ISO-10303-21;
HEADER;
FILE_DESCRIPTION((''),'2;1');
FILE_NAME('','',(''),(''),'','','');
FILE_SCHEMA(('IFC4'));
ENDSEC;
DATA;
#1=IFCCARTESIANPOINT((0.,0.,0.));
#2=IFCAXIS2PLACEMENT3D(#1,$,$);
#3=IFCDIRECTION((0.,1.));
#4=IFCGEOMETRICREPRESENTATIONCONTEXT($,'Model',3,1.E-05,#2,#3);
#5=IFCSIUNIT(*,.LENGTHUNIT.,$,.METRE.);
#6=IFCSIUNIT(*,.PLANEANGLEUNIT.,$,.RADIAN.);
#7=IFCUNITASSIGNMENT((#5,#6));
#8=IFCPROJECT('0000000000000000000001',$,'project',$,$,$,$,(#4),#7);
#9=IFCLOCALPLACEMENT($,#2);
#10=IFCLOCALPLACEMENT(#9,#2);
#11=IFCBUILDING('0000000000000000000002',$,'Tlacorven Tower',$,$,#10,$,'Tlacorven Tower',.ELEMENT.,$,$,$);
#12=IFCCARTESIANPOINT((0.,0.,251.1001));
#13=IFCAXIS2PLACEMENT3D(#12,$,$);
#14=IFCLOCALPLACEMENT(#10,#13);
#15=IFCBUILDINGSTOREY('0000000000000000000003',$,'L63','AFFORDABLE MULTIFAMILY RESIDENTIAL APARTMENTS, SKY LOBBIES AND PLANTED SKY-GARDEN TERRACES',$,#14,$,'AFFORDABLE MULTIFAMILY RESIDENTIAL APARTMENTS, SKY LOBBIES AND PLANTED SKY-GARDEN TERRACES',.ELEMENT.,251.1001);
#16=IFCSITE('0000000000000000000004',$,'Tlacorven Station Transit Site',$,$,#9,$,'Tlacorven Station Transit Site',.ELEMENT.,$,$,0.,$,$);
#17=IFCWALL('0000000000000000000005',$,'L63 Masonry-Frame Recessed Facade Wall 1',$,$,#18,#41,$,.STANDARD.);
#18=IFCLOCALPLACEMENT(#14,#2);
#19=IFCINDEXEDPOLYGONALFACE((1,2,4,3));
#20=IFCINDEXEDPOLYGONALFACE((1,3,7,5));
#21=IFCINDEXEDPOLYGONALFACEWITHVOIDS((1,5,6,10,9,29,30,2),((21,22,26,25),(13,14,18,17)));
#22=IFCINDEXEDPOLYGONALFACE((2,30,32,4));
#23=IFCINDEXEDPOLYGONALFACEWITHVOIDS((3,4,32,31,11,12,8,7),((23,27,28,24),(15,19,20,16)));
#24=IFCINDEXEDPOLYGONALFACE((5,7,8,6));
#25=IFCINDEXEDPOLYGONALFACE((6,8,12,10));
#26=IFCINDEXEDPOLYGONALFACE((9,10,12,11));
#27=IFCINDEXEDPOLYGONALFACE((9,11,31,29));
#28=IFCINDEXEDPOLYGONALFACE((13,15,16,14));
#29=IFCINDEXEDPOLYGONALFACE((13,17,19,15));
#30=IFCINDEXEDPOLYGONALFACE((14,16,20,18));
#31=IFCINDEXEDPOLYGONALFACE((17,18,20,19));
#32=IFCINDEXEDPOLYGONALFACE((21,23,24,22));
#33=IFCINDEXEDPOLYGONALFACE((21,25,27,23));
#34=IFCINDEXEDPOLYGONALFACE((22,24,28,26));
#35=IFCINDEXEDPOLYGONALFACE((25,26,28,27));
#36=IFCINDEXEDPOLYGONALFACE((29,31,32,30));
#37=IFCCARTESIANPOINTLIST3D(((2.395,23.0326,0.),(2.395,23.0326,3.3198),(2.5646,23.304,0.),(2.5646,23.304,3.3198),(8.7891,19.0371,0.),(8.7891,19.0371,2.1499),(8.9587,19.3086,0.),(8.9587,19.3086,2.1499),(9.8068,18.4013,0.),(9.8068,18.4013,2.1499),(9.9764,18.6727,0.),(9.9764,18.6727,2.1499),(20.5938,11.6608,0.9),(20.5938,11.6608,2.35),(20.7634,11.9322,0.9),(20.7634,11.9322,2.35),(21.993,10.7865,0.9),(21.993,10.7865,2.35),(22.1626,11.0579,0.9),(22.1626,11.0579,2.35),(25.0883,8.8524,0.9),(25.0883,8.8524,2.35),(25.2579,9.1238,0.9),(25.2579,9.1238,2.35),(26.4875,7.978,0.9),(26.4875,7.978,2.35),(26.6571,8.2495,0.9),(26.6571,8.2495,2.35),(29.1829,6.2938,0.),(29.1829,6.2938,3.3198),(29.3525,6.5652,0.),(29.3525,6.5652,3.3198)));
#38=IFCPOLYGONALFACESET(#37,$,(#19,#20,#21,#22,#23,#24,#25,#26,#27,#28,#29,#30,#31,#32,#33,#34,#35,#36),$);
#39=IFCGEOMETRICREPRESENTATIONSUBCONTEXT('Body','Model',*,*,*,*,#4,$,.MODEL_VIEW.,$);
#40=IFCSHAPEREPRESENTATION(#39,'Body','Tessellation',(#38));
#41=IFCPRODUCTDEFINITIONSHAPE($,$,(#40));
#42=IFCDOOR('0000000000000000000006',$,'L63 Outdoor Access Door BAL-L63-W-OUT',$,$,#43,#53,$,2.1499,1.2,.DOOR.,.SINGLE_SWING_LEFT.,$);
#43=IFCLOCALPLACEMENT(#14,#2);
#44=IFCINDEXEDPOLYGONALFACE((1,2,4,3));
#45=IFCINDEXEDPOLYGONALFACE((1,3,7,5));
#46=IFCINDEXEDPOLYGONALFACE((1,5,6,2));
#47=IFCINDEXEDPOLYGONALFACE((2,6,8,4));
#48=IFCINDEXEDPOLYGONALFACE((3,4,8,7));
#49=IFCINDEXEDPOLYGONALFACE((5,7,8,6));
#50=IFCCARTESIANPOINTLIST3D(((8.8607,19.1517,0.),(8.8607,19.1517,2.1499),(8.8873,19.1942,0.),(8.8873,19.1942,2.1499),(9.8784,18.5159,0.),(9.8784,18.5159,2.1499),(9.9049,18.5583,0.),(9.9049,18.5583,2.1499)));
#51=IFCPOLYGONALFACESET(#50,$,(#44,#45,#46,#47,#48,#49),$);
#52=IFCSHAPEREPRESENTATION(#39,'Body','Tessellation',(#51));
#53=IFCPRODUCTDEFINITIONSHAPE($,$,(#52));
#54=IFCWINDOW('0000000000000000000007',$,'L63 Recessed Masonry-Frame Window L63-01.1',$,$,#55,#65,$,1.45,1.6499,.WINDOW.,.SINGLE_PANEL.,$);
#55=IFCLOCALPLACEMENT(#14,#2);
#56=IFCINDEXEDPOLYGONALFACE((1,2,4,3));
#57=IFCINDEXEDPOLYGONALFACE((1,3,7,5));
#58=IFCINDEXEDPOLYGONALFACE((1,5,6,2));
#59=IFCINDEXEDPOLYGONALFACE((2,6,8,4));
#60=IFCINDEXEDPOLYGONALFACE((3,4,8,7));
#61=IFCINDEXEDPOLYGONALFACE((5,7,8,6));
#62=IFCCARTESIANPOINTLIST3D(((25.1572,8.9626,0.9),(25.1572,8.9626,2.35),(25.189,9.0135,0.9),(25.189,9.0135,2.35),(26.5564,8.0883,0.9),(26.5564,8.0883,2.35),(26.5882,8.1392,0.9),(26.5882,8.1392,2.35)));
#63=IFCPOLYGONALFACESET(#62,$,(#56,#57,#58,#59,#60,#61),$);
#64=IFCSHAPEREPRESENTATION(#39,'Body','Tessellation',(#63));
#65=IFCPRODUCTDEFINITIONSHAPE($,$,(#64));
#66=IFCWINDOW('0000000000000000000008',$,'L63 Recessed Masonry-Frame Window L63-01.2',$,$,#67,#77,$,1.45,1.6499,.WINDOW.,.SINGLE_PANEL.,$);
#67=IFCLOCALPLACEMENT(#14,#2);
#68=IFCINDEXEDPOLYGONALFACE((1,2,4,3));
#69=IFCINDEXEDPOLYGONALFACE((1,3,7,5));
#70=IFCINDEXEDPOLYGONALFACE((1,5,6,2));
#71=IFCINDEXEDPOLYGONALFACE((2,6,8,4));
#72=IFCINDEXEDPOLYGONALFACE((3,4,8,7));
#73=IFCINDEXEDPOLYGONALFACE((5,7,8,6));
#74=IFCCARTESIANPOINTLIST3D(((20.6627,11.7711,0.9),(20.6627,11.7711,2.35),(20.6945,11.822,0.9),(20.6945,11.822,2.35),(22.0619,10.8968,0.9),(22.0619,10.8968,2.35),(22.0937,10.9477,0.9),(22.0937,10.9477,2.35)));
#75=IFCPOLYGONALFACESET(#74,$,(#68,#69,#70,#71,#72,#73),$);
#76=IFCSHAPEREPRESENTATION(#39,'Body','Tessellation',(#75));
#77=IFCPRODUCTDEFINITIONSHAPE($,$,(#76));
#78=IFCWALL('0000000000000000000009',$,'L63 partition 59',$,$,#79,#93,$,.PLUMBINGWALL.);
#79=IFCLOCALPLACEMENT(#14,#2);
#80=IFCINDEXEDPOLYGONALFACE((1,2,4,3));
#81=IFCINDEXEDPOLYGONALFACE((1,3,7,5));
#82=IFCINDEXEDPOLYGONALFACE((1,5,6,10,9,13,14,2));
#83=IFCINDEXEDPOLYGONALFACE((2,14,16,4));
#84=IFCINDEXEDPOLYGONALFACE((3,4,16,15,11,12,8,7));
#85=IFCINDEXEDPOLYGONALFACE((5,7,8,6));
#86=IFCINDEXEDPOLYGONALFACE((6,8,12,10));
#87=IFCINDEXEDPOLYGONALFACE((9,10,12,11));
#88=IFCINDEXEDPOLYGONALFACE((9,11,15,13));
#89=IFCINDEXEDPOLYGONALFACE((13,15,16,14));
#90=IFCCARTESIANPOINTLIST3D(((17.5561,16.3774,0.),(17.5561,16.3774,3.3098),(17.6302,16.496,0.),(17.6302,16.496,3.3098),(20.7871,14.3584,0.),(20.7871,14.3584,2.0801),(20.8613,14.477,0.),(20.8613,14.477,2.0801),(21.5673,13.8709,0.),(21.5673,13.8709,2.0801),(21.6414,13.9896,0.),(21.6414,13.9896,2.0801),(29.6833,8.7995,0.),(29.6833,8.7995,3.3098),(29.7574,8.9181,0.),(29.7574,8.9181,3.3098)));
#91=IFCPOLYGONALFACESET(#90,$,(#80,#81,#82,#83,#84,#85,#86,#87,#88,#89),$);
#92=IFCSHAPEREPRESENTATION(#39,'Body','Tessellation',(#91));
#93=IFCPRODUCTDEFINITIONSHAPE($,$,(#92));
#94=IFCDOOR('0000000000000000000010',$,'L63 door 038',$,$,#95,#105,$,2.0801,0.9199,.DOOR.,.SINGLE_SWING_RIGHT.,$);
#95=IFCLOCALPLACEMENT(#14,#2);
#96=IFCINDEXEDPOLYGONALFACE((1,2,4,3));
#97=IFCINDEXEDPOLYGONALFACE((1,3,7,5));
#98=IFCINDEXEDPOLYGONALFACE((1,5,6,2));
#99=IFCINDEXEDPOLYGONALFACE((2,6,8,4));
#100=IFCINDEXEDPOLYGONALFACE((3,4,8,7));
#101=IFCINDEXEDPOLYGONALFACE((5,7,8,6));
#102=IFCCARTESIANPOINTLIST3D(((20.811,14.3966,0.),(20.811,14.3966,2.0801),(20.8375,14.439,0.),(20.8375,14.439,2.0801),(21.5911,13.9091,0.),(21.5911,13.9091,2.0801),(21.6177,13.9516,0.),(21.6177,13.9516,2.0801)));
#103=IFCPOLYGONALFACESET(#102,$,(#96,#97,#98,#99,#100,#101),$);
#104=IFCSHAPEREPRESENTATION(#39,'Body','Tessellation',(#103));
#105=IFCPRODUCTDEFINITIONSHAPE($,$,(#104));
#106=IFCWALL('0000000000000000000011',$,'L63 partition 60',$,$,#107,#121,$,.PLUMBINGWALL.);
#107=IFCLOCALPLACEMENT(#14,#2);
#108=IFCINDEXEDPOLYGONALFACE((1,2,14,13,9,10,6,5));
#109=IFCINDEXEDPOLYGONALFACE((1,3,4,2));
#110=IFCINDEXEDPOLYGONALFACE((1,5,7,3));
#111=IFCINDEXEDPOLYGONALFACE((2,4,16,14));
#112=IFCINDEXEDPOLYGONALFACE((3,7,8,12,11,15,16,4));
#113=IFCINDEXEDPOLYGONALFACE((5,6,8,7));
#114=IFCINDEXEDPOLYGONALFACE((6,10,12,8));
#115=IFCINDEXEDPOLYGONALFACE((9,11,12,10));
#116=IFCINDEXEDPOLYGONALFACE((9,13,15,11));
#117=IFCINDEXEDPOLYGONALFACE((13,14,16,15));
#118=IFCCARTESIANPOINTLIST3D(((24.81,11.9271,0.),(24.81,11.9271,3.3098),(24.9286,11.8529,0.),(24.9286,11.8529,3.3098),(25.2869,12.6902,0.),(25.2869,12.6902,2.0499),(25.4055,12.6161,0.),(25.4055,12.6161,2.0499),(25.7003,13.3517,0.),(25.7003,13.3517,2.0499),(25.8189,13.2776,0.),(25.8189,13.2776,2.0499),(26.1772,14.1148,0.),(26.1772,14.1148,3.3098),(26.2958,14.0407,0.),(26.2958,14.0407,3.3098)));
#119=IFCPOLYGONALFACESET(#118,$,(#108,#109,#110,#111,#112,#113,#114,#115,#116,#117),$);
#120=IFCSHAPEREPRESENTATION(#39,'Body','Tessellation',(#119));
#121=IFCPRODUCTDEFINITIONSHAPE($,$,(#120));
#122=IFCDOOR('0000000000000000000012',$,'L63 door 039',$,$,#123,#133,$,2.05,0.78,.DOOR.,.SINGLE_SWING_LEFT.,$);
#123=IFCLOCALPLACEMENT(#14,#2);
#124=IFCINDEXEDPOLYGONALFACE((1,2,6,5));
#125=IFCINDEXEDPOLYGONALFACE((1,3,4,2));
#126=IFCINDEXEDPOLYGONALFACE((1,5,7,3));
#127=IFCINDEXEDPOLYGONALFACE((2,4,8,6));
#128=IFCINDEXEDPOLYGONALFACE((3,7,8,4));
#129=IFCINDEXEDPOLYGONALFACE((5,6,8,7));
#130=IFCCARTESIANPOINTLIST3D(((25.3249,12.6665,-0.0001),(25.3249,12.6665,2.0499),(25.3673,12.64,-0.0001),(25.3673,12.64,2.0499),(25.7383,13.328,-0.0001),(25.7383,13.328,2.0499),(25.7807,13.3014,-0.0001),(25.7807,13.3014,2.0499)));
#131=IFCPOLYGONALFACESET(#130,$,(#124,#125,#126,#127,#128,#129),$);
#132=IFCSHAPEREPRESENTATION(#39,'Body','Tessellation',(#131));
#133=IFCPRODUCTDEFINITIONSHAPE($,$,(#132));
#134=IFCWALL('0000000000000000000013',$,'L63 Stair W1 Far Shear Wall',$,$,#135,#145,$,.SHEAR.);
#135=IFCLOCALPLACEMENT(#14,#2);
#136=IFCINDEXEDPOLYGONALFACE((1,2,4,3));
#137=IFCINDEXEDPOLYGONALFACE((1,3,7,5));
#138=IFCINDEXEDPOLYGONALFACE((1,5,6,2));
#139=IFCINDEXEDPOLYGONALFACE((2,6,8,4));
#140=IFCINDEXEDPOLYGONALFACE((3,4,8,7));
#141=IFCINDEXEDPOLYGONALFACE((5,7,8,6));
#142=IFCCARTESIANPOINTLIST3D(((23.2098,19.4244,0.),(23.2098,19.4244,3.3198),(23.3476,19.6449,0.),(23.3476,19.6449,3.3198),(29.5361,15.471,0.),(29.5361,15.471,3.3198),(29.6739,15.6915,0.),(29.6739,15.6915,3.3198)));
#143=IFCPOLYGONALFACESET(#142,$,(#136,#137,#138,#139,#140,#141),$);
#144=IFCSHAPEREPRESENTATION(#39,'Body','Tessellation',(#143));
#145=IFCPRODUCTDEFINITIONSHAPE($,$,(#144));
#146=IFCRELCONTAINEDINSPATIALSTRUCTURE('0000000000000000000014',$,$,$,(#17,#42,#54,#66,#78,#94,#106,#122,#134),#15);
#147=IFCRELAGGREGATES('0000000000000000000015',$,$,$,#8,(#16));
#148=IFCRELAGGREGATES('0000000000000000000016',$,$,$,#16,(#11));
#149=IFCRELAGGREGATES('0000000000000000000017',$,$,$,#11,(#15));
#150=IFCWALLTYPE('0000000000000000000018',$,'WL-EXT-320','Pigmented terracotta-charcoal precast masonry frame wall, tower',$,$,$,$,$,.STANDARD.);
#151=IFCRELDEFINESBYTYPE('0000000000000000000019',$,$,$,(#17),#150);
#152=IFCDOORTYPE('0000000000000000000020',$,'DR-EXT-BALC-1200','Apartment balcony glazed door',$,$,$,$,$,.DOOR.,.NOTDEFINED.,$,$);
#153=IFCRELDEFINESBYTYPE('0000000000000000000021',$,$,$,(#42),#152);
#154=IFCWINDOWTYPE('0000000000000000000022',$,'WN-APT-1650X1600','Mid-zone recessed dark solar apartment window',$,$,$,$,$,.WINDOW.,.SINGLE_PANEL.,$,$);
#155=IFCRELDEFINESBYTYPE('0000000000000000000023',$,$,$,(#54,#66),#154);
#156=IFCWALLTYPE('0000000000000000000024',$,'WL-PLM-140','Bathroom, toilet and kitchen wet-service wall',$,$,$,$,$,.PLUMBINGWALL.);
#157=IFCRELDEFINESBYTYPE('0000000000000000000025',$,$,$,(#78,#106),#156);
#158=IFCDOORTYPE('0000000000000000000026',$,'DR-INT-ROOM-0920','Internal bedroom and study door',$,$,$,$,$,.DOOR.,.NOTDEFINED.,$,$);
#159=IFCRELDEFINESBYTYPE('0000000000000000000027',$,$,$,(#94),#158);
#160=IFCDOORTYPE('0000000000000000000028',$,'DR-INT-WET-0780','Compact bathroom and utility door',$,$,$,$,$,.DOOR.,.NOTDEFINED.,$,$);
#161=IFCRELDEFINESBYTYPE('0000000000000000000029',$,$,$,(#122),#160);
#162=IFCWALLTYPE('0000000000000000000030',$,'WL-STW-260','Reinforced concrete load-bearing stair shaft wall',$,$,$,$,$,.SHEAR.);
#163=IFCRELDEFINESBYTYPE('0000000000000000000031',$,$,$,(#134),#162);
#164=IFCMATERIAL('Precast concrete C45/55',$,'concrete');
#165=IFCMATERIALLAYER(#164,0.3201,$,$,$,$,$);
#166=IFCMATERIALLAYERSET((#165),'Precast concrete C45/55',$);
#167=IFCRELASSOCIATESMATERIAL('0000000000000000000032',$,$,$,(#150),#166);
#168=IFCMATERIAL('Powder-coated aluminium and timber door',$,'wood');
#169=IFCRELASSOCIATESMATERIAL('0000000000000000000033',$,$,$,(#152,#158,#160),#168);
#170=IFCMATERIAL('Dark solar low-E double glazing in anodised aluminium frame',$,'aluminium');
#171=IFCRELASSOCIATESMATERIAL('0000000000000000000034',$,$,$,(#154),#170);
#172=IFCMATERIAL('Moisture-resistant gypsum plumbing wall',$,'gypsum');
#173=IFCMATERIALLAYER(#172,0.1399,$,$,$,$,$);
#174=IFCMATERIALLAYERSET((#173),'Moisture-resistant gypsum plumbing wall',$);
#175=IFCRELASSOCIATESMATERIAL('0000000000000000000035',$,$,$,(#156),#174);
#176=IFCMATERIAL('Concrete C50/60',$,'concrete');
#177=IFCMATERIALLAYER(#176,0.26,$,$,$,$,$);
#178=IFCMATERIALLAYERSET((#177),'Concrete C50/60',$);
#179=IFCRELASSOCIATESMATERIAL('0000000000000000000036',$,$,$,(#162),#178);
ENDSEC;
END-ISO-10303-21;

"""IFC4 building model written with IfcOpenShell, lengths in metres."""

from ifc_helpers import new_model, si_unit, direction, frame, frame_2d, origin, place, context, subcontext, project, spatial, rectangle, extrude, source, transform, mapped, material, layer, layer_set, type_object, element, fill, save


model = new_model("IFC4")

# Units and contexts
model_context = context("Model", 3, precision=1e-05, world=origin(), true_north=direction((0.0, 1.0)))
body_context = subcontext(model_context, "Body", "Model", "MODEL_VIEW")
ifc_project = project(units=[si_unit("LENGTHUNIT", "METRE"), si_unit("PLANEANGLEUNIT", "RADIAN")], contexts=[model_context])

# Site, building, storey
site_placement = place(None, origin())
site = spatial("IfcSite", under=ifc_project, at=site_placement, Name="Tlacorven Station Transit Site", LongName="Tlacorven Station Transit Site", CompositionType="ELEMENT", RefElevation=0.0)
building_placement = place(site_placement, origin())
building = spatial("IfcBuilding", under=site, at=building_placement, Name="Tlacorven Tower", LongName="Tlacorven Tower", CompositionType="ELEMENT")
storey_placement = place(building_placement, frame((0.0, 0.0, 251.1001)))
storey = spatial("IfcBuildingStorey", under=building, at=storey_placement, Name="L63", Description="AFFORDABLE MULTIFAMILY RESIDENTIAL APARTMENTS, SKY LOBBIES AND PLANTED SKY-GARDEN TERRACES", LongName="AFFORDABLE MULTIFAMILY RESIDENTIAL APARTMENTS, SKY LOBBIES AND PLANTED SKY-GARDEN TERRACES", CompositionType="ELEMENT", Elevation=251.1001)

# Wall, openings, door, windows
ifc_material_1 = material(Name="Precast concrete C45/55", Category="concrete")
ifc_layer_1 = layer(ifc_material_1, 0.3201)
ifc_layer_set_1 = layer_set([ifc_layer_1], Name="Precast concrete C45/55")
wall_type_1 = type_object("IfcWallType", Name="WL-EXT-320", Description="Pigmented terracotta-charcoal precast masonry frame wall, tower", PredefinedType="STANDARD", material=ifc_layer_set_1)
wall_1_placement = place(storey_placement, frame((29.2678, 6.4294, 0.0), z_axis=(0.0, 0.0, 1.0), x_axis=(-0.84805, 0.529916, 0.0)))
wall_1 = element("IfcWall", 1, at=wall_1_placement, inside=storey, type_object=wall_type_1, Name="L63 Masonry-Frame Recessed Facade Wall 1", PredefinedType="STANDARD", context=body_context, shape_type="SweptSolid", body=[
    extrude(rectangle(XDim=31.5876, YDim=0.3201, at=frame_2d((15.7939, 0.0))), origin(), (0.0, 0.0, 1.0), 3.3198),
])
opening_1_placement = place(wall_1_placement, frame((22.8479, 0.0, 0.0)))
opening_1 = element("IfcOpeningElement", 2, at=opening_1_placement, cuts=wall_1, PredefinedType="OPENING", context=body_context, shape_type="SweptSolid", body=[
    extrude(rectangle(XDim=1.2, YDim=2.1499, at=frame_2d((0.6001, 1.075))), frame((0.0, 0.1699, 0.0), z_axis=(0.0, -1.0, 0.0), x_axis=(1.0, 0.0, 0.0)), (0.0, 0.0, 1.0), 0.3401),
])
opening_2_placement = place(wall_1_placement, frame((3.1785, 0.0, 0.8999)))
opening_2 = element("IfcOpeningElement", 3, at=opening_2_placement, cuts=wall_1, PredefinedType="OPENING", context=body_context, shape_type="SweptSolid", body=[
    extrude(rectangle(XDim=1.6499, YDim=1.45, at=frame_2d((0.825, 0.7251))), frame((0.0, 0.1699, 0.0), z_axis=(0.0, -1.0, 0.0), x_axis=(1.0, 0.0, 0.0)), (0.0, 0.0, 1.0), 0.3401),
])
opening_3_placement = place(wall_1_placement, frame((8.4783, 0.0, 0.8999)))
opening_3 = element("IfcOpeningElement", 4, at=opening_3_placement, cuts=wall_1, PredefinedType="OPENING", context=body_context, shape_type="SweptSolid", body=[
    extrude(rectangle(XDim=1.6499, YDim=1.45, at=frame_2d((0.825, 0.7251))), frame((0.0, 0.1699, 0.0), z_axis=(0.0, -1.0, 0.0), x_axis=(1.0, 0.0, 0.0)), (0.0, 0.0, 1.0), 0.3401),
])
ifc_material_2 = material(Name="Powder-coated aluminium and timber door", Category="wood")
door_type_1 = type_object("IfcDoorType", Name="DR-EXT-BALC-1200", Description="Apartment balcony glazed door", OperationType="NOTDEFINED", PredefinedType="DOOR", material=ifc_material_2)
shared_shape_1 = source(origin(), body_context, "Body", "SweptSolid", [
    extrude(rectangle(XDim=1.2, YDim=2.1499, at=frame_2d((0.6001, 1.075))), frame((0.0, 0.0249, 0.0), z_axis=(0.0, -1.0, 0.0), x_axis=(1.0, 0.0, 0.0)), (0.0, 0.0, 1.0), 0.05),
])
door_1_placement = place(opening_1_placement, origin())
door_1 = element("IfcDoor", 5, at=door_1_placement, inside=storey, type_object=door_type_1, Name="L63 Outdoor Access Door BAL-L63-W-OUT", OperationType="SINGLE_SWING_LEFT", OverallHeight=2.1499, OverallWidth=1.2, PredefinedType="DOOR", context=body_context, shape_type="MappedRepresentation", body=[
    mapped(shared_shape_1, transform((0.0, 0.0, 0.0), scale=1.0)),
])
fill(opening_1, door_1)
ifc_material_3 = material(Name="Dark solar low-E double glazing in anodised aluminium frame", Category="aluminium")
window_type = type_object("IfcWindowType", Name="WN-APT-1650X1600", Description="Mid-zone recessed dark solar apartment window", PartitioningType="SINGLE_PANEL", PredefinedType="WINDOW", material=ifc_material_3)
shared_shape_2 = source(origin(), body_context, "Body", "SweptSolid", [
    extrude(rectangle(XDim=1.6499, YDim=1.45, at=frame_2d((0.825, 0.7251))), frame((0.0, 0.03, 0.0), z_axis=(0.0, -1.0, 0.0), x_axis=(1.0, 0.0, 0.0)), (0.0, 0.0, 1.0), 0.0601),
])
window_1_placement = place(opening_2_placement, origin())
window_1 = element("IfcWindow", 6, at=window_1_placement, inside=storey, type_object=window_type, Name="L63 Recessed Masonry-Frame Window L63-01.1", OverallHeight=1.45, OverallWidth=1.6499, PartitioningType="SINGLE_PANEL", PredefinedType="WINDOW", context=body_context, shape_type="MappedRepresentation", body=[
    mapped(shared_shape_2, transform((0.0, 0.0, 0.0), scale=1.0)),
])
fill(opening_2, window_1)
window_2_placement = place(opening_3_placement, origin())
window_2 = element("IfcWindow", 7, at=window_2_placement, inside=storey, type_object=window_type, Name="L63 Recessed Masonry-Frame Window L63-01.2", OverallHeight=1.45, OverallWidth=1.6499, PartitioningType="SINGLE_PANEL", PredefinedType="WINDOW", context=body_context, shape_type="MappedRepresentation", body=[
    mapped(shared_shape_2, transform((0.0, 0.0, 0.0), scale=1.0)),
])
fill(opening_3, window_2)

# Walls, openings, doors
ifc_material_4 = material(Name="Moisture-resistant gypsum plumbing wall", Category="gypsum")
ifc_layer_2 = layer(ifc_material_4, 0.1399)
ifc_layer_set_2 = layer_set([ifc_layer_2], Name="Moisture-resistant gypsum plumbing wall")
wall_type_2 = type_object("IfcWallType", Name="WL-PLM-140", Description="Bathroom, toilet and kitchen wet-service wall", PredefinedType="PLUMBINGWALL", material=ifc_layer_set_2)
wall_2_placement = place(storey_placement, frame((29.7202, 8.8589, 0.0), z_axis=(0.0, 0.0, 1.0), x_axis=(-0.848049, 0.529918, 0.0)))
wall_2 = element("IfcWall", 8, at=wall_2_placement, inside=storey, type_object=wall_type_2, Name="L63 partition 59", PredefinedType="PLUMBINGWALL", context=body_context, shape_type="SweptSolid", body=[
    extrude(rectangle(XDim=14.3, YDim=0.1399, at=frame_2d((7.1499, 0.0))), origin(), (0.0, 0.0, 1.0), 3.3098),
])
opening_4_placement = place(wall_2_placement, frame((9.5701, 0.0, 0.0)))
opening_4 = element("IfcOpeningElement", 9, at=opening_4_placement, cuts=wall_2, PredefinedType="OPENING", context=body_context, shape_type="SweptSolid", body=[
    extrude(rectangle(XDim=0.9199, YDim=2.0801, at=frame_2d((0.46, 1.04))), frame((0.0, 0.0801, 0.0), z_axis=(0.0, -1.0, 0.0), x_axis=(1.0, 0.0, 0.0)), (0.0, 0.0, 1.0), 0.1599),
])
door_type_2 = type_object("IfcDoorType", Name="DR-INT-ROOM-0920", Description="Internal bedroom and study door", OperationType="NOTDEFINED", PredefinedType="DOOR", material=ifc_material_2)
shared_shape_3 = source(origin(), body_context, "Body", "SweptSolid", [
    extrude(rectangle(XDim=0.9199, YDim=2.0801, at=frame_2d((0.46, 1.04))), frame((0.0, 0.0249, 0.0), z_axis=(0.0, -1.0, 0.0), x_axis=(1.0, 0.0, 0.0)), (0.0, 0.0, 1.0), 0.05),
])
door_2_placement = place(opening_4_placement, origin())
door_2 = element("IfcDoor", 10, at=door_2_placement, inside=storey, type_object=door_type_2, Name="L63 door 038", OperationType="SINGLE_SWING_RIGHT", OverallHeight=2.0801, OverallWidth=0.9199, PredefinedType="DOOR", context=body_context, shape_type="MappedRepresentation", body=[
    mapped(shared_shape_3, transform((0.0, 0.0, 0.0), scale=1.0)),
])
fill(opening_4, door_2)
wall_3_placement = place(storey_placement, frame((26.2366, 14.0779, 0.0), z_axis=(0.0, 0.0, 1.0), x_axis=(-0.529956, -0.848025, 0.0)))
wall_3 = element("IfcWall", 11, at=wall_3_placement, inside=storey, type_object=wall_type_2, Name="L63 partition 60", PredefinedType="PLUMBINGWALL", context=body_context, shape_type="SweptSolid", body=[
    extrude(rectangle(XDim=2.5798, YDim=0.1399, at=frame_2d((1.29, 0.0))), origin(), (0.0, 0.0, 1.0), 3.3098),
])
opening_5_placement = place(wall_3_placement, frame((0.8999, 0.0, 0.0)))
opening_5 = element("IfcOpeningElement", 12, at=opening_5_placement, cuts=wall_3, PredefinedType="OPENING", context=body_context, shape_type="SweptSolid", body=[
    extrude(rectangle(XDim=0.78, YDim=2.05, at=frame_2d((0.3901, 1.0249))), frame((0.0, 0.0801, 0.0), z_axis=(0.0, -1.0, 0.0), x_axis=(1.0, 0.0, 0.0)), (0.0, 0.0, 1.0), 0.1599),
])
door_type_3 = type_object("IfcDoorType", Name="DR-INT-WET-0780", Description="Compact bathroom and utility door", OperationType="NOTDEFINED", PredefinedType="DOOR", material=ifc_material_2)
shared_shape_4 = source(origin(), body_context, "Body", "SweptSolid", [
    extrude(rectangle(XDim=0.78, YDim=2.05, at=frame_2d((0.3901, 1.0249))), frame((0.0, 0.0249, 0.0), z_axis=(0.0, -1.0, 0.0), x_axis=(1.0, 0.0, 0.0)), (0.0, 0.0, 1.0), 0.05),
])
door_3_placement = place(opening_5_placement, origin())
door_3 = element("IfcDoor", 13, at=door_3_placement, inside=storey, type_object=door_type_3, Name="L63 door 039", OperationType="SINGLE_SWING_LEFT", OverallHeight=2.05, OverallWidth=0.78, PredefinedType="DOOR", context=body_context, shape_type="MappedRepresentation", body=[
    mapped(shared_shape_4, transform((0.0, 0.0, 0.0), scale=1.0)),
])
fill(opening_5, door_3)

# Wall
ifc_material_5 = material(Name="Concrete C50/60", Category="concrete")
ifc_layer_3 = layer(ifc_material_5, 0.26)
ifc_layer_set_3 = layer_set([ifc_layer_3], Name="Concrete C50/60")
wall_type_3 = type_object("IfcWallType", Name="WL-STW-260", Description="Reinforced concrete load-bearing stair shaft wall", PredefinedType="SHEAR", material=ifc_layer_set_3)
wall_4_placement = place(storey_placement, frame((29.605, 15.5813, 0.0), z_axis=(0.0, 0.0, 1.0), x_axis=(-0.848037, 0.529937, 0.0)))
element("IfcWall", 14, at=wall_4_placement, inside=storey, type_object=wall_type_3, Name="L63 Stair W1 Far Shear Wall", PredefinedType="SHEAR", context=body_context, shape_type="SweptSolid", body=[
    extrude(rectangle(XDim=7.46, YDim=0.26, at=frame_2d((3.73, 0.0))), origin(), (0.0, 0.0, 1.0), 3.3198),
])

save(model, "model.ifc")
